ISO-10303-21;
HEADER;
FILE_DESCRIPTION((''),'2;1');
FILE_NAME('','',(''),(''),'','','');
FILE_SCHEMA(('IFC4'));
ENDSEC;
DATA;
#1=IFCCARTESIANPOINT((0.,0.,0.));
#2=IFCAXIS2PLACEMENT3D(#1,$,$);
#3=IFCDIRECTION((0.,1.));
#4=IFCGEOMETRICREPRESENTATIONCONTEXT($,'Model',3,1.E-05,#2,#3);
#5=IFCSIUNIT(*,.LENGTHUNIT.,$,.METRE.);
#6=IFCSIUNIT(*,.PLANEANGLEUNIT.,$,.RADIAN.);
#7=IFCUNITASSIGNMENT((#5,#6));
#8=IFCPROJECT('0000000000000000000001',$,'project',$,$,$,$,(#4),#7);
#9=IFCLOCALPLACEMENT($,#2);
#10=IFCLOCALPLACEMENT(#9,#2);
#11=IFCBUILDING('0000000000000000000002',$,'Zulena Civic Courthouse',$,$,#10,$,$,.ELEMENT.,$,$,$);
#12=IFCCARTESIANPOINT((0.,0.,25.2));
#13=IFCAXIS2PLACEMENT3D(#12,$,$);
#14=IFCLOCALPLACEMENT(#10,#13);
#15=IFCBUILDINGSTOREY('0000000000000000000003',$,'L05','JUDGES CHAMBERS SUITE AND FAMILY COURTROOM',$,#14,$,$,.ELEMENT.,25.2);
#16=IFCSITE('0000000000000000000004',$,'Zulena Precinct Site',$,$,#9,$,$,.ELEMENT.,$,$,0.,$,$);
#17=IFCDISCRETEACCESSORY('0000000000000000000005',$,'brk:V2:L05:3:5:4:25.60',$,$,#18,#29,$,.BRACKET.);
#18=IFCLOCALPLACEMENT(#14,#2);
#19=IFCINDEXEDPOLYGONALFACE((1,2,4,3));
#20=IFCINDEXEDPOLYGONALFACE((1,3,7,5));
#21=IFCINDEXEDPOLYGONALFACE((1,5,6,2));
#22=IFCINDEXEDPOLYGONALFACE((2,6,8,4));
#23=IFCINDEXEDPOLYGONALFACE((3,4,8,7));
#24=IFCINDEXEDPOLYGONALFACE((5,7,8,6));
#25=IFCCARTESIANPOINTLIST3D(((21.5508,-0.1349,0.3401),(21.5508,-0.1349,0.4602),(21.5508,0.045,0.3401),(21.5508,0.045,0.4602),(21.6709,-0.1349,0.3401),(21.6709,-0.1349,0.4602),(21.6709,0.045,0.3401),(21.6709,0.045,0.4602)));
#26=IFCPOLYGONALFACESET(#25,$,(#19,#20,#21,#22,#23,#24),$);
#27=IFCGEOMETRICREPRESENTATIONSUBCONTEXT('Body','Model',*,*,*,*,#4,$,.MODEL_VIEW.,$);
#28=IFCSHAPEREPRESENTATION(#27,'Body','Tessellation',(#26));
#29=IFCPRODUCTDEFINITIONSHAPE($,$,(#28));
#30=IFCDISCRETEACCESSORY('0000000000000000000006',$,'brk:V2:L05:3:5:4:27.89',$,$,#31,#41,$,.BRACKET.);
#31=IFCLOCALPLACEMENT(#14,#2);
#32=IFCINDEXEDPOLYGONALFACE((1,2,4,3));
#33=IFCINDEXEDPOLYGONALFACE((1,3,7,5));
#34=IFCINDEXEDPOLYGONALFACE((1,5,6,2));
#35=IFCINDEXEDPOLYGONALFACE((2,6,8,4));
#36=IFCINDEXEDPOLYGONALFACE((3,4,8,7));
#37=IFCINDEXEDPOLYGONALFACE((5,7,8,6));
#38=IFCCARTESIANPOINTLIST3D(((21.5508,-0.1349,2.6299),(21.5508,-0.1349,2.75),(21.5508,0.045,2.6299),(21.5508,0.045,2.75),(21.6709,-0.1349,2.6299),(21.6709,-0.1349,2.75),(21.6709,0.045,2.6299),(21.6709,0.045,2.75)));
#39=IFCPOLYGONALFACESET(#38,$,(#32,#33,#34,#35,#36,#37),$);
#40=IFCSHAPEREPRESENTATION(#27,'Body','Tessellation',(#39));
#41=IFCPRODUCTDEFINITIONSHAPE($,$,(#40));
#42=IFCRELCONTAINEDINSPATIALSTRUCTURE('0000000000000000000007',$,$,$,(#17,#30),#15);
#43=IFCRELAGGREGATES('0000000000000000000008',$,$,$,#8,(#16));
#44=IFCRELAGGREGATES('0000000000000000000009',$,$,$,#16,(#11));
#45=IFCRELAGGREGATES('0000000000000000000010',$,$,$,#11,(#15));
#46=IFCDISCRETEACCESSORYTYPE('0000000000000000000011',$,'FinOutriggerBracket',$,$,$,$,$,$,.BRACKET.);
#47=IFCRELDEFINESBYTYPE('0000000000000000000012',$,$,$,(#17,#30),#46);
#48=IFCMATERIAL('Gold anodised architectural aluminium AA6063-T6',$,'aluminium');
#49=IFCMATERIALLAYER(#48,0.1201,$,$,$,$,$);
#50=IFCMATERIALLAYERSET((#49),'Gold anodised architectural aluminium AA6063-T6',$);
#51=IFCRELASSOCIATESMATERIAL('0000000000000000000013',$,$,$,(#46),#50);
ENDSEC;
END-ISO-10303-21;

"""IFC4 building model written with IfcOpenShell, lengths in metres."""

from ifc_helpers import new_model, si_unit, direction, frame, origin, origin_2d, place, context, subcontext, project, spatial, rectangle, extrude, material, layer, layer_set, type_object, element, save


model = new_model("IFC4")

# Units and contexts
model_context = context("Model", 3, precision=1e-05, world=origin(), true_north=direction((0.0, 1.0)))
body_context = subcontext(model_context, "Body", "Model", "MODEL_VIEW")
ifc_project = project(units=[si_unit("LENGTHUNIT", "METRE"), si_unit("PLANEANGLEUNIT", "RADIAN")], contexts=[model_context])

# Site, building, storey
site_placement = place(None, origin())
site = spatial("IfcSite", under=ifc_project, at=site_placement, Name="Zulena Precinct Site", CompositionType="ELEMENT", RefElevation=0.0)
building_placement = place(site_placement, origin())
building = spatial("IfcBuilding", under=site, at=building_placement, Name="Zulena Civic Courthouse", CompositionType="ELEMENT")
storey_placement = place(building_placement, frame((0.0, 0.0, 25.2)))
storey = spatial("IfcBuildingStorey", under=building, at=storey_placement, Name="L05", Description="JUDGES CHAMBERS SUITE AND FAMILY COURTROOM", CompositionType="ELEMENT", Elevation=25.2)

# Shared definitions
ifc_material_1 = material(Name="Gold anodised architectural aluminium AA6063-T6", Category="aluminium")

# Discrete accessories
ifc_layer_1 = layer(ifc_material_1, 0.1201)
ifc_layer_set_1 = layer_set([ifc_layer_1], Name="Gold anodised architectural aluminium AA6063-T6")
discrete_accessory_type = type_object("IfcDiscreteAccessoryType", Name="FinOutriggerBracket", PredefinedType="BRACKET", material=ifc_layer_set_1)
for number, where, z_axis, x_axis, name in (
    (1, (21.6108, -0.0449, 0.3401), (0.0, 0.0, 1.0), (0.0, -1.0, 0.0), "brk:V2:L05:3:5:4:25.60"),
    (2, (21.6108, -0.0449, 2.6299), (0.0, 0.0, 1.0), (0.0, -1.0, 0.0), "brk:V2:L05:3:5:4:27.89"),
):
    element("IfcDiscreteAccessory", number, at=place(storey_placement, frame(where, z_axis=z_axis, x_axis=x_axis)), inside=storey, type_object=discrete_accessory_type, Name=name, PredefinedType="BRACKET", context=body_context, shape_type="SweptSolid", body=[
        extrude(rectangle(XDim=0.1799, YDim=0.1201, at=origin_2d()), origin(), (0.0, 0.0, 1.0), 0.1201),
    ])

save(model, "model.ifc")
